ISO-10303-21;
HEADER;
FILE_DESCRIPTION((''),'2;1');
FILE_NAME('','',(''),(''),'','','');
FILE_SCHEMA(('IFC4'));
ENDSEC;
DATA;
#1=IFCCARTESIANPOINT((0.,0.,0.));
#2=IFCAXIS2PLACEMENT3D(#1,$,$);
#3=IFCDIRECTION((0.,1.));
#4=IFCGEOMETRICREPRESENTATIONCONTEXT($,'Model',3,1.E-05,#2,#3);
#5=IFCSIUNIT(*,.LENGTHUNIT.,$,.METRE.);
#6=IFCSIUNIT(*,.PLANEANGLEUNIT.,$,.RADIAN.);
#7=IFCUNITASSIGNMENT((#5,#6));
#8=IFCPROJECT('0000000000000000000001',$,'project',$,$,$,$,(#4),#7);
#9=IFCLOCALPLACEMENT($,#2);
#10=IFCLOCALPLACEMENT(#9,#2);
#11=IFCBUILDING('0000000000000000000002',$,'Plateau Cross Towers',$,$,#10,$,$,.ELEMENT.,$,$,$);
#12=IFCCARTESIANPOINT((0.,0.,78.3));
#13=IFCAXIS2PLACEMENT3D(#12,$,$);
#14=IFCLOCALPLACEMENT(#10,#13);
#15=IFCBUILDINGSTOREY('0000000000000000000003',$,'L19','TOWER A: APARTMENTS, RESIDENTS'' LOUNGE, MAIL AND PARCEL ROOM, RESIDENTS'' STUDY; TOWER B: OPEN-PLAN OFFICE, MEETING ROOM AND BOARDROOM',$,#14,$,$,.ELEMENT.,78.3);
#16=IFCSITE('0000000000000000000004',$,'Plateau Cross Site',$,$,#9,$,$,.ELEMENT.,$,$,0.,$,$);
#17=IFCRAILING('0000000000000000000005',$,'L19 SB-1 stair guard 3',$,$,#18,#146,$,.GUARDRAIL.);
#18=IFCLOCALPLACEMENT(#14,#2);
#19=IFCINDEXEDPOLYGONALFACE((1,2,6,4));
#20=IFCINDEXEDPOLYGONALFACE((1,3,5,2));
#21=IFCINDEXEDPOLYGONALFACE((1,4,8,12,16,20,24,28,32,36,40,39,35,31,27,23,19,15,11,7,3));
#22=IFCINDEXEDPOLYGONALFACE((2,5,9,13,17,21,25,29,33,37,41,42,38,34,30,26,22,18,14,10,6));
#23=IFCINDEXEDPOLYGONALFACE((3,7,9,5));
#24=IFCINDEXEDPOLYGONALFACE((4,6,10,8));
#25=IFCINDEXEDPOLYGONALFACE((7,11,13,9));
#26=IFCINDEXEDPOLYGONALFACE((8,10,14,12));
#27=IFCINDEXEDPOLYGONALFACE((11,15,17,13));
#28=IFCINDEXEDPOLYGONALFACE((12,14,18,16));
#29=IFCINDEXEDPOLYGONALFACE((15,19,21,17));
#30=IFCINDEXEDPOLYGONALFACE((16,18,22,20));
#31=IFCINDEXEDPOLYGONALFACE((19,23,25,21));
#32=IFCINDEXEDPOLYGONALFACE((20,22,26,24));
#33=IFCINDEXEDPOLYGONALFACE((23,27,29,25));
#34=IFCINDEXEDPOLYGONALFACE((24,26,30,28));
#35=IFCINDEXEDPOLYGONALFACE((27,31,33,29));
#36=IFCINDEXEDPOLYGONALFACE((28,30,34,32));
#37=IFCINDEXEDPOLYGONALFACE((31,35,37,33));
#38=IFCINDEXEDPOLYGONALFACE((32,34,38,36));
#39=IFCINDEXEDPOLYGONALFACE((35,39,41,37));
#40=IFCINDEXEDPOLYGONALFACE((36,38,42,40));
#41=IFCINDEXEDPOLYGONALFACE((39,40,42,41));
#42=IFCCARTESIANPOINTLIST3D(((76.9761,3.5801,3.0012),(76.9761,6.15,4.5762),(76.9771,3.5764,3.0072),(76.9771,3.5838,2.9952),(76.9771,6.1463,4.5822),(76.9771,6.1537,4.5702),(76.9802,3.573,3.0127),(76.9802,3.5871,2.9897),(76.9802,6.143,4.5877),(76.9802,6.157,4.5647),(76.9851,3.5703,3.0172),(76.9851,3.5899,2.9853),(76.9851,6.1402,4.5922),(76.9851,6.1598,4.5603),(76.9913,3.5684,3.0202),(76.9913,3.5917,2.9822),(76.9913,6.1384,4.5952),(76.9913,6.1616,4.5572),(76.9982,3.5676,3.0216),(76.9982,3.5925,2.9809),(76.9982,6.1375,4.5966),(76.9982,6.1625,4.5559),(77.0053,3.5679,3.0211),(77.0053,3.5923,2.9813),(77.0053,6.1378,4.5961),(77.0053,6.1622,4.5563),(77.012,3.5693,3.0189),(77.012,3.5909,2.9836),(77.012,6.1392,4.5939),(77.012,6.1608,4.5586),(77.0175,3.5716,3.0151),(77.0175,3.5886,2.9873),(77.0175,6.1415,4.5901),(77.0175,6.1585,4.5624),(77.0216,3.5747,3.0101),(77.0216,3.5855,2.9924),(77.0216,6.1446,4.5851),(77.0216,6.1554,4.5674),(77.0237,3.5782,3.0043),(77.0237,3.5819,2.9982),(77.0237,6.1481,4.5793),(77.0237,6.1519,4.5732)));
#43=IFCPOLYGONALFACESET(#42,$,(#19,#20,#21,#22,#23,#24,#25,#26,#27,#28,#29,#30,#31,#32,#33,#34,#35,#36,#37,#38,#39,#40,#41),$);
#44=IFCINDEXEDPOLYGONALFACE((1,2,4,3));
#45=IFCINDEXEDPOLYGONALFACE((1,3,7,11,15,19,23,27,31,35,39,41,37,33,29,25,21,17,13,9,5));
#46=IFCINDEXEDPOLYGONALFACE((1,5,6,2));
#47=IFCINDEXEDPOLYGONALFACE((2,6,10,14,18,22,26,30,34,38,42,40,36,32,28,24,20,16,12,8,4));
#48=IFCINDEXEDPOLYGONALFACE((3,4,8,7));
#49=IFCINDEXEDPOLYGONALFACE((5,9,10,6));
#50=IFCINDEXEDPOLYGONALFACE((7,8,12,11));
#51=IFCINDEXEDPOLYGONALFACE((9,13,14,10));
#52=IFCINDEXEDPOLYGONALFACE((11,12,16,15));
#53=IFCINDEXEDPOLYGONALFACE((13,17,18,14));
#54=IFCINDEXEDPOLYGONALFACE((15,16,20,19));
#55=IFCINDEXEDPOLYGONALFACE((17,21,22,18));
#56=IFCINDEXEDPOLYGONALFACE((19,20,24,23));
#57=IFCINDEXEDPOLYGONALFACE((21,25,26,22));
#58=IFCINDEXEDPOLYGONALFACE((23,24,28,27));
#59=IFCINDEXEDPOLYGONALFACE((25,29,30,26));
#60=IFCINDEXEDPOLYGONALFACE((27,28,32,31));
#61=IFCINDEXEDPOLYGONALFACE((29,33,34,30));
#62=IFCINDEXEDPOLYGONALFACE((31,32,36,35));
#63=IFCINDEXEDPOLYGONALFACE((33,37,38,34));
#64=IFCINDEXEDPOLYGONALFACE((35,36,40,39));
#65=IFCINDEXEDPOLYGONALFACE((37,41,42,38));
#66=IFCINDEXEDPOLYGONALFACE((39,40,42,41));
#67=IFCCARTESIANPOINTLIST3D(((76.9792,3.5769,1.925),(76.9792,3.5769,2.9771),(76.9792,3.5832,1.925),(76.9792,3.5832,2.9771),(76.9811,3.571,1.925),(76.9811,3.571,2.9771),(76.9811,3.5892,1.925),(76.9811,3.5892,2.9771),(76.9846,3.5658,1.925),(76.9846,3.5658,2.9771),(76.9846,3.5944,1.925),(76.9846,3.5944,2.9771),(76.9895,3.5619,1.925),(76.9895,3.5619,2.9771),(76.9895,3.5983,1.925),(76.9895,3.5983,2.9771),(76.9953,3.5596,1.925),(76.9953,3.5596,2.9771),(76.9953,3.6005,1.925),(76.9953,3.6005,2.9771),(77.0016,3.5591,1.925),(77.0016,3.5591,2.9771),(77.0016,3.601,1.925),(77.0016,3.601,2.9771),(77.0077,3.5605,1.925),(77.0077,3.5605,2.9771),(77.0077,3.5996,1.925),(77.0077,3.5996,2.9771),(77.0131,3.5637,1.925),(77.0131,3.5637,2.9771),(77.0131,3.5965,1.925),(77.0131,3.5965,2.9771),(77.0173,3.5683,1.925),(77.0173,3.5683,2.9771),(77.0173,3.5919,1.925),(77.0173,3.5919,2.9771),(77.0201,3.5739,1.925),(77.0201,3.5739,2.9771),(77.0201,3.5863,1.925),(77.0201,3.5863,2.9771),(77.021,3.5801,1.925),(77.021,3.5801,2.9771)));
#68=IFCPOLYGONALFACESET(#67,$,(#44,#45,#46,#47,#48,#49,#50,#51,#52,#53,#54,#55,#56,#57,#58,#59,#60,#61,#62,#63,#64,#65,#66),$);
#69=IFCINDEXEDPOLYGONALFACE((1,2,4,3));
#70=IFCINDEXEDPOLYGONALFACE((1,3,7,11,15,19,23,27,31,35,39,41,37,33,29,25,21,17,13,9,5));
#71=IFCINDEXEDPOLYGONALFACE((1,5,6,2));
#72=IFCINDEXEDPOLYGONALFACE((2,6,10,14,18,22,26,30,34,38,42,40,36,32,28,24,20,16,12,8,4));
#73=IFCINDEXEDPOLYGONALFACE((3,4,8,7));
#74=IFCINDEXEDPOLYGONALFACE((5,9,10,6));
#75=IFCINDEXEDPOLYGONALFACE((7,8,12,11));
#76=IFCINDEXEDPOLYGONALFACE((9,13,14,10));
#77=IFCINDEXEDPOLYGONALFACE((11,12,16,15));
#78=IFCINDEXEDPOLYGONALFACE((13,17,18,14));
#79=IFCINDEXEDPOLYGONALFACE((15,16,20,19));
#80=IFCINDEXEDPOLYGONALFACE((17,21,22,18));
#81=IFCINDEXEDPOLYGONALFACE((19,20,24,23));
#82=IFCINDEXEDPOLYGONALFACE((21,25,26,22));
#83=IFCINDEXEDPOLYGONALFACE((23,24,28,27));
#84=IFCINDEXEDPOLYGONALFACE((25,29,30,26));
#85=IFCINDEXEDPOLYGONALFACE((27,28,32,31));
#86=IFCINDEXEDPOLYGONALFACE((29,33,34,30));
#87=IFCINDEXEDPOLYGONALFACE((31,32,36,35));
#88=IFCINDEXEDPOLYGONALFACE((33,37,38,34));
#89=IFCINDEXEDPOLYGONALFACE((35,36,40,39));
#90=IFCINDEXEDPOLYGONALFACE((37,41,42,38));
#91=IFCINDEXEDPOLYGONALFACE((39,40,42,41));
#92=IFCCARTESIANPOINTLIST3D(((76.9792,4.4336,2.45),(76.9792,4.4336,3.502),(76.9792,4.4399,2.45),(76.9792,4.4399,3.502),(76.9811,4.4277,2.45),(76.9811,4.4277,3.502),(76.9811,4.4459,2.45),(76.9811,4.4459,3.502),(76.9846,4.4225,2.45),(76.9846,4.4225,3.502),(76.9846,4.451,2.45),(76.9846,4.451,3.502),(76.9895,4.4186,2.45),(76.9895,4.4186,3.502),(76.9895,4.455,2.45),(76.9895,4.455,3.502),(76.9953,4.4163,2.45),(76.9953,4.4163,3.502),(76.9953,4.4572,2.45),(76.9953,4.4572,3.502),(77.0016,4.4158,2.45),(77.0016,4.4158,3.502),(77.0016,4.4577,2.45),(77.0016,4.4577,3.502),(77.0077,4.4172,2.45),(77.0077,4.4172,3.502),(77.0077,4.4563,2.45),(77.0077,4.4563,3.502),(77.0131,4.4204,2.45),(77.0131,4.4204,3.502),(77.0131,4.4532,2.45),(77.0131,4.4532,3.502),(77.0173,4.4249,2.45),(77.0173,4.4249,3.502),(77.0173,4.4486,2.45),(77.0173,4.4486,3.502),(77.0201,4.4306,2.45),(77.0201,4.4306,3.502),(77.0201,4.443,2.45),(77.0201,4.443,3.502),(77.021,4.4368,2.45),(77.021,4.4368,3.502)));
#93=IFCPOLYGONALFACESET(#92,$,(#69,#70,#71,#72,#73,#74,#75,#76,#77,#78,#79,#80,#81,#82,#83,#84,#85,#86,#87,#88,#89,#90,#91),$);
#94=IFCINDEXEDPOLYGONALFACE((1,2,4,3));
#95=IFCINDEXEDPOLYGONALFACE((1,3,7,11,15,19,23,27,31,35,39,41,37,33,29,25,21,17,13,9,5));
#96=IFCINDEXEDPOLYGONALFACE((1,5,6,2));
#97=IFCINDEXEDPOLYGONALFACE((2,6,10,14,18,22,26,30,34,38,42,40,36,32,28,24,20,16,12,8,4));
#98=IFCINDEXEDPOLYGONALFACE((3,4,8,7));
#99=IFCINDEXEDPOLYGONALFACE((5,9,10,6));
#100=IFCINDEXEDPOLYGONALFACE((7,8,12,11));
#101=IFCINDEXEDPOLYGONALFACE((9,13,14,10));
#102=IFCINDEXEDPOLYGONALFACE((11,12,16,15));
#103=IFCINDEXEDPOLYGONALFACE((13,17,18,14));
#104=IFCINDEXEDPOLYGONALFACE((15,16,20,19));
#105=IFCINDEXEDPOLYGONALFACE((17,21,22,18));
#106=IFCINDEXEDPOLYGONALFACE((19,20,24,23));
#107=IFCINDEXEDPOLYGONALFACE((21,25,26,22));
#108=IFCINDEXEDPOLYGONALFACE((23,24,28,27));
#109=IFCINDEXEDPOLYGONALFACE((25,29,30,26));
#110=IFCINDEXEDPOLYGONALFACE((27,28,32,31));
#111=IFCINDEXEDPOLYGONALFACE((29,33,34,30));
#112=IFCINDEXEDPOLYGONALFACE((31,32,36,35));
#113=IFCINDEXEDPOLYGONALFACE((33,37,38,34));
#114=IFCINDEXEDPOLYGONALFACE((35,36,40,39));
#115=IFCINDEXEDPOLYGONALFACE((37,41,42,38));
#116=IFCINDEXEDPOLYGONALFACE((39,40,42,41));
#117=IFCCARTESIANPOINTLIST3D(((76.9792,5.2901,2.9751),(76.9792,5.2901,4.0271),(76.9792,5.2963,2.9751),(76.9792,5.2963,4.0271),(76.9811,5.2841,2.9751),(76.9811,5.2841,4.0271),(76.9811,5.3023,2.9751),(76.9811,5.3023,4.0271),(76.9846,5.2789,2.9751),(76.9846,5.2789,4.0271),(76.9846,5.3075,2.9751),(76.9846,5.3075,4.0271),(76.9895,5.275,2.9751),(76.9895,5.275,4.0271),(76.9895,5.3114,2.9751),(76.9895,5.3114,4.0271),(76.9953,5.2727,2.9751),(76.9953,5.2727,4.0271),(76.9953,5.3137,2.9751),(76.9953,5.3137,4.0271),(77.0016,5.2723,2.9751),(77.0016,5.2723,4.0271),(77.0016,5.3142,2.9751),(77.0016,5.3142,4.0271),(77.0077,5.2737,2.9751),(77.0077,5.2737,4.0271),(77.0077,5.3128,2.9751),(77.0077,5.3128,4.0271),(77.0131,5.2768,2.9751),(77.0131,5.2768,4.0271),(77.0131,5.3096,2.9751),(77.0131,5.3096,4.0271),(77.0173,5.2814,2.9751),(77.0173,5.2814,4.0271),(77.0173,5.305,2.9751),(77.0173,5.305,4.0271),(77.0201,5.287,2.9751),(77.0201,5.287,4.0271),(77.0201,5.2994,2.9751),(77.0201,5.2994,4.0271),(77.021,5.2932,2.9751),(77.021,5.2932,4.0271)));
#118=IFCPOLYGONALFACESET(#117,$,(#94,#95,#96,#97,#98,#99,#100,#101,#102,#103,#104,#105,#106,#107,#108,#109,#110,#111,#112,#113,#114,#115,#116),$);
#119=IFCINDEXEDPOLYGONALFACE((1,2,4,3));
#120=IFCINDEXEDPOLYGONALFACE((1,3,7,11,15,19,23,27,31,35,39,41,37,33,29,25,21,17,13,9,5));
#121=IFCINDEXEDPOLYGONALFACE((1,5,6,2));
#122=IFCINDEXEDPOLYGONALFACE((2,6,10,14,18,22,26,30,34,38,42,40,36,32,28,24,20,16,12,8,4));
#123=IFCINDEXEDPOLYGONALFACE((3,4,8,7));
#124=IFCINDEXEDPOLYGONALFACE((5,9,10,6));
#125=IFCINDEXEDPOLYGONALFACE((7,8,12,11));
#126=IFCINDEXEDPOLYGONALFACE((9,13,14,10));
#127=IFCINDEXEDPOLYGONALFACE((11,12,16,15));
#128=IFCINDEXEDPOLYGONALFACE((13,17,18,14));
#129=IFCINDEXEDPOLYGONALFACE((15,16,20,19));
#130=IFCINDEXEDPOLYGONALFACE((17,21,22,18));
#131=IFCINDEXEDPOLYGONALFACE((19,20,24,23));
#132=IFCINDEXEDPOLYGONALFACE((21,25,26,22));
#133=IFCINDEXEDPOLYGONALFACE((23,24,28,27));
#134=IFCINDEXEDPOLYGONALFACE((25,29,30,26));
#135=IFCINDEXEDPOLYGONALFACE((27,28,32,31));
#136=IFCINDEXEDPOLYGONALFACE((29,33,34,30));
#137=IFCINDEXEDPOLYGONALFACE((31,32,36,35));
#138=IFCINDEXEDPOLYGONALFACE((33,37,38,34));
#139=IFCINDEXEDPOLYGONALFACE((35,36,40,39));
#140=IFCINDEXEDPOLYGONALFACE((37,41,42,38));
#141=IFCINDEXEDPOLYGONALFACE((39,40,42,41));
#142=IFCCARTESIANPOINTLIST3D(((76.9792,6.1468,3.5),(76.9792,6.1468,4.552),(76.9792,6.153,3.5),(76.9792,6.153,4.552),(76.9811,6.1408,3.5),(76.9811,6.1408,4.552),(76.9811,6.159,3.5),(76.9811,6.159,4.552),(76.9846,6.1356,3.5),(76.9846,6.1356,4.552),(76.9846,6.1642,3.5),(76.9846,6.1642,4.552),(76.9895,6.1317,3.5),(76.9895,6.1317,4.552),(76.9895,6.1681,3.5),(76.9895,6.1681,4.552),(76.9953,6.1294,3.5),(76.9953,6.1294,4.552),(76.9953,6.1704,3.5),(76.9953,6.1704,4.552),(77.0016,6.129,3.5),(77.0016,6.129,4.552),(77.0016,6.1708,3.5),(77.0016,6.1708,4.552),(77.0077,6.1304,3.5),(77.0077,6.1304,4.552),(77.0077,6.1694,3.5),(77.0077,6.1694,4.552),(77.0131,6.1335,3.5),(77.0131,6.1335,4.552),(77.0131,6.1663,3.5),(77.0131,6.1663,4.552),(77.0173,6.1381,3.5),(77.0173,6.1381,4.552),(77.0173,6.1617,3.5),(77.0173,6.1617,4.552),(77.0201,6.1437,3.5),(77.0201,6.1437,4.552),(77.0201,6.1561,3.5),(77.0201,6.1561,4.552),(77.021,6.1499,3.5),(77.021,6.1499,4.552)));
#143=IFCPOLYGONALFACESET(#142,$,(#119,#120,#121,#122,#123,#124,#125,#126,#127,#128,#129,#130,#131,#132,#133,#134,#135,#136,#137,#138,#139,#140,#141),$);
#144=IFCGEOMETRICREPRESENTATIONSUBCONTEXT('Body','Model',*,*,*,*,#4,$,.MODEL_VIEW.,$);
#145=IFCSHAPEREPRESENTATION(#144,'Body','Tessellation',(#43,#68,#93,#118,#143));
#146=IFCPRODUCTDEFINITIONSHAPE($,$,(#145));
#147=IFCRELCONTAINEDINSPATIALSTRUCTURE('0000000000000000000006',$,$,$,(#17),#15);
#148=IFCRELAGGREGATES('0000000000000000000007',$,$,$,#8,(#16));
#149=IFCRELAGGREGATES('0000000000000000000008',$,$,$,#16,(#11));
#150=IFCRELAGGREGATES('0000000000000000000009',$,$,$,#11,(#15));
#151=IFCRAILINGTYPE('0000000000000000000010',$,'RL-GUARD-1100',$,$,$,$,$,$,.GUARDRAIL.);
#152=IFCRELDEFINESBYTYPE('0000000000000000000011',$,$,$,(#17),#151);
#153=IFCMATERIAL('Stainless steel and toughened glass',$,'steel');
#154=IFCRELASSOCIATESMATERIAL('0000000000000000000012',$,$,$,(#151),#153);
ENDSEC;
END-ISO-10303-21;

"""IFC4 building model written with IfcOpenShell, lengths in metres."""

from ifc_helpers import new_model, si_unit, direction, frame, origin, origin_2d, place, context, subcontext, project, spatial, circle, extrude, material, type_object, element, save


model = new_model("IFC4")

# Units and contexts
model_context = context("Model", 3, precision=1e-05, world=origin(), true_north=direction((0.0, 1.0)))
body_context = subcontext(model_context, "Body", "Model", "MODEL_VIEW")
ifc_project = project(units=[si_unit("LENGTHUNIT", "METRE"), si_unit("PLANEANGLEUNIT", "RADIAN")], contexts=[model_context])

# Site, building, storey
site_placement = place(None, origin())
site = spatial("IfcSite", under=ifc_project, at=site_placement, Name="Plateau Cross Site", CompositionType="ELEMENT", RefElevation=0.0)
building_placement = place(site_placement, origin())
building = spatial("IfcBuilding", under=site, at=building_placement, Name="Plateau Cross Towers", CompositionType="ELEMENT")
storey_placement = place(building_placement, frame((0.0, 0.0, 78.3)))
storey = spatial("IfcBuildingStorey", under=building, at=storey_placement, Name="L19", Description="TOWER A: APARTMENTS, RESIDENTS' LOUNGE, MAIL AND PARCEL ROOM, RESIDENTS' STUDY; TOWER B: OPEN-PLAN OFFICE, MEETING ROOM AND BOARDROOM", CompositionType="ELEMENT", Elevation=78.3)

# Railing
ifc_material_1 = material(Name="Stainless steel and toughened glass", Category="steel")
railing_type_1 = type_object("IfcRailingType", Name="RL-GUARD-1100", PredefinedType="GUARDRAIL", material=ifc_material_1)
railing_1_placement = place(storey_placement, frame((77.0, 3.5801, 1.925)))
element("IfcRailing", 1, at=railing_1_placement, inside=storey, type_object=railing_type_1, Name="L19 SB-1 stair guard 3", PredefinedType="GUARDRAIL", context=body_context, shape_type="SweptSolid", body=[
    extrude(circle(Radius=0.0239, at=origin_2d()), frame((0.0, 0.0, 1.0762), z_axis=(0.0, 0.852616, 0.522537), x_axis=(-1.0, 0.0, 0.0)), (0.0, 0.0, 1.0), 3.0142),
    extrude(circle(Radius=0.021, at=origin_2d()), origin(), (0.0, 0.0, 1.0), 1.052),
    extrude(circle(Radius=0.021, at=origin_2d()), frame((0.0, 0.8567, 0.5249)), (0.0, 0.0, 1.0), 1.052),
    extrude(circle(Radius=0.021, at=origin_2d()), frame((0.0, 1.7131, 1.05)), (0.0, 0.0, 1.0), 1.052),
    extrude(circle(Radius=0.021, at=origin_2d()), frame((0.0, 2.5698, 1.575)), (0.0, 0.0, 1.0), 1.052),
])

save(model, "model.ifc")
